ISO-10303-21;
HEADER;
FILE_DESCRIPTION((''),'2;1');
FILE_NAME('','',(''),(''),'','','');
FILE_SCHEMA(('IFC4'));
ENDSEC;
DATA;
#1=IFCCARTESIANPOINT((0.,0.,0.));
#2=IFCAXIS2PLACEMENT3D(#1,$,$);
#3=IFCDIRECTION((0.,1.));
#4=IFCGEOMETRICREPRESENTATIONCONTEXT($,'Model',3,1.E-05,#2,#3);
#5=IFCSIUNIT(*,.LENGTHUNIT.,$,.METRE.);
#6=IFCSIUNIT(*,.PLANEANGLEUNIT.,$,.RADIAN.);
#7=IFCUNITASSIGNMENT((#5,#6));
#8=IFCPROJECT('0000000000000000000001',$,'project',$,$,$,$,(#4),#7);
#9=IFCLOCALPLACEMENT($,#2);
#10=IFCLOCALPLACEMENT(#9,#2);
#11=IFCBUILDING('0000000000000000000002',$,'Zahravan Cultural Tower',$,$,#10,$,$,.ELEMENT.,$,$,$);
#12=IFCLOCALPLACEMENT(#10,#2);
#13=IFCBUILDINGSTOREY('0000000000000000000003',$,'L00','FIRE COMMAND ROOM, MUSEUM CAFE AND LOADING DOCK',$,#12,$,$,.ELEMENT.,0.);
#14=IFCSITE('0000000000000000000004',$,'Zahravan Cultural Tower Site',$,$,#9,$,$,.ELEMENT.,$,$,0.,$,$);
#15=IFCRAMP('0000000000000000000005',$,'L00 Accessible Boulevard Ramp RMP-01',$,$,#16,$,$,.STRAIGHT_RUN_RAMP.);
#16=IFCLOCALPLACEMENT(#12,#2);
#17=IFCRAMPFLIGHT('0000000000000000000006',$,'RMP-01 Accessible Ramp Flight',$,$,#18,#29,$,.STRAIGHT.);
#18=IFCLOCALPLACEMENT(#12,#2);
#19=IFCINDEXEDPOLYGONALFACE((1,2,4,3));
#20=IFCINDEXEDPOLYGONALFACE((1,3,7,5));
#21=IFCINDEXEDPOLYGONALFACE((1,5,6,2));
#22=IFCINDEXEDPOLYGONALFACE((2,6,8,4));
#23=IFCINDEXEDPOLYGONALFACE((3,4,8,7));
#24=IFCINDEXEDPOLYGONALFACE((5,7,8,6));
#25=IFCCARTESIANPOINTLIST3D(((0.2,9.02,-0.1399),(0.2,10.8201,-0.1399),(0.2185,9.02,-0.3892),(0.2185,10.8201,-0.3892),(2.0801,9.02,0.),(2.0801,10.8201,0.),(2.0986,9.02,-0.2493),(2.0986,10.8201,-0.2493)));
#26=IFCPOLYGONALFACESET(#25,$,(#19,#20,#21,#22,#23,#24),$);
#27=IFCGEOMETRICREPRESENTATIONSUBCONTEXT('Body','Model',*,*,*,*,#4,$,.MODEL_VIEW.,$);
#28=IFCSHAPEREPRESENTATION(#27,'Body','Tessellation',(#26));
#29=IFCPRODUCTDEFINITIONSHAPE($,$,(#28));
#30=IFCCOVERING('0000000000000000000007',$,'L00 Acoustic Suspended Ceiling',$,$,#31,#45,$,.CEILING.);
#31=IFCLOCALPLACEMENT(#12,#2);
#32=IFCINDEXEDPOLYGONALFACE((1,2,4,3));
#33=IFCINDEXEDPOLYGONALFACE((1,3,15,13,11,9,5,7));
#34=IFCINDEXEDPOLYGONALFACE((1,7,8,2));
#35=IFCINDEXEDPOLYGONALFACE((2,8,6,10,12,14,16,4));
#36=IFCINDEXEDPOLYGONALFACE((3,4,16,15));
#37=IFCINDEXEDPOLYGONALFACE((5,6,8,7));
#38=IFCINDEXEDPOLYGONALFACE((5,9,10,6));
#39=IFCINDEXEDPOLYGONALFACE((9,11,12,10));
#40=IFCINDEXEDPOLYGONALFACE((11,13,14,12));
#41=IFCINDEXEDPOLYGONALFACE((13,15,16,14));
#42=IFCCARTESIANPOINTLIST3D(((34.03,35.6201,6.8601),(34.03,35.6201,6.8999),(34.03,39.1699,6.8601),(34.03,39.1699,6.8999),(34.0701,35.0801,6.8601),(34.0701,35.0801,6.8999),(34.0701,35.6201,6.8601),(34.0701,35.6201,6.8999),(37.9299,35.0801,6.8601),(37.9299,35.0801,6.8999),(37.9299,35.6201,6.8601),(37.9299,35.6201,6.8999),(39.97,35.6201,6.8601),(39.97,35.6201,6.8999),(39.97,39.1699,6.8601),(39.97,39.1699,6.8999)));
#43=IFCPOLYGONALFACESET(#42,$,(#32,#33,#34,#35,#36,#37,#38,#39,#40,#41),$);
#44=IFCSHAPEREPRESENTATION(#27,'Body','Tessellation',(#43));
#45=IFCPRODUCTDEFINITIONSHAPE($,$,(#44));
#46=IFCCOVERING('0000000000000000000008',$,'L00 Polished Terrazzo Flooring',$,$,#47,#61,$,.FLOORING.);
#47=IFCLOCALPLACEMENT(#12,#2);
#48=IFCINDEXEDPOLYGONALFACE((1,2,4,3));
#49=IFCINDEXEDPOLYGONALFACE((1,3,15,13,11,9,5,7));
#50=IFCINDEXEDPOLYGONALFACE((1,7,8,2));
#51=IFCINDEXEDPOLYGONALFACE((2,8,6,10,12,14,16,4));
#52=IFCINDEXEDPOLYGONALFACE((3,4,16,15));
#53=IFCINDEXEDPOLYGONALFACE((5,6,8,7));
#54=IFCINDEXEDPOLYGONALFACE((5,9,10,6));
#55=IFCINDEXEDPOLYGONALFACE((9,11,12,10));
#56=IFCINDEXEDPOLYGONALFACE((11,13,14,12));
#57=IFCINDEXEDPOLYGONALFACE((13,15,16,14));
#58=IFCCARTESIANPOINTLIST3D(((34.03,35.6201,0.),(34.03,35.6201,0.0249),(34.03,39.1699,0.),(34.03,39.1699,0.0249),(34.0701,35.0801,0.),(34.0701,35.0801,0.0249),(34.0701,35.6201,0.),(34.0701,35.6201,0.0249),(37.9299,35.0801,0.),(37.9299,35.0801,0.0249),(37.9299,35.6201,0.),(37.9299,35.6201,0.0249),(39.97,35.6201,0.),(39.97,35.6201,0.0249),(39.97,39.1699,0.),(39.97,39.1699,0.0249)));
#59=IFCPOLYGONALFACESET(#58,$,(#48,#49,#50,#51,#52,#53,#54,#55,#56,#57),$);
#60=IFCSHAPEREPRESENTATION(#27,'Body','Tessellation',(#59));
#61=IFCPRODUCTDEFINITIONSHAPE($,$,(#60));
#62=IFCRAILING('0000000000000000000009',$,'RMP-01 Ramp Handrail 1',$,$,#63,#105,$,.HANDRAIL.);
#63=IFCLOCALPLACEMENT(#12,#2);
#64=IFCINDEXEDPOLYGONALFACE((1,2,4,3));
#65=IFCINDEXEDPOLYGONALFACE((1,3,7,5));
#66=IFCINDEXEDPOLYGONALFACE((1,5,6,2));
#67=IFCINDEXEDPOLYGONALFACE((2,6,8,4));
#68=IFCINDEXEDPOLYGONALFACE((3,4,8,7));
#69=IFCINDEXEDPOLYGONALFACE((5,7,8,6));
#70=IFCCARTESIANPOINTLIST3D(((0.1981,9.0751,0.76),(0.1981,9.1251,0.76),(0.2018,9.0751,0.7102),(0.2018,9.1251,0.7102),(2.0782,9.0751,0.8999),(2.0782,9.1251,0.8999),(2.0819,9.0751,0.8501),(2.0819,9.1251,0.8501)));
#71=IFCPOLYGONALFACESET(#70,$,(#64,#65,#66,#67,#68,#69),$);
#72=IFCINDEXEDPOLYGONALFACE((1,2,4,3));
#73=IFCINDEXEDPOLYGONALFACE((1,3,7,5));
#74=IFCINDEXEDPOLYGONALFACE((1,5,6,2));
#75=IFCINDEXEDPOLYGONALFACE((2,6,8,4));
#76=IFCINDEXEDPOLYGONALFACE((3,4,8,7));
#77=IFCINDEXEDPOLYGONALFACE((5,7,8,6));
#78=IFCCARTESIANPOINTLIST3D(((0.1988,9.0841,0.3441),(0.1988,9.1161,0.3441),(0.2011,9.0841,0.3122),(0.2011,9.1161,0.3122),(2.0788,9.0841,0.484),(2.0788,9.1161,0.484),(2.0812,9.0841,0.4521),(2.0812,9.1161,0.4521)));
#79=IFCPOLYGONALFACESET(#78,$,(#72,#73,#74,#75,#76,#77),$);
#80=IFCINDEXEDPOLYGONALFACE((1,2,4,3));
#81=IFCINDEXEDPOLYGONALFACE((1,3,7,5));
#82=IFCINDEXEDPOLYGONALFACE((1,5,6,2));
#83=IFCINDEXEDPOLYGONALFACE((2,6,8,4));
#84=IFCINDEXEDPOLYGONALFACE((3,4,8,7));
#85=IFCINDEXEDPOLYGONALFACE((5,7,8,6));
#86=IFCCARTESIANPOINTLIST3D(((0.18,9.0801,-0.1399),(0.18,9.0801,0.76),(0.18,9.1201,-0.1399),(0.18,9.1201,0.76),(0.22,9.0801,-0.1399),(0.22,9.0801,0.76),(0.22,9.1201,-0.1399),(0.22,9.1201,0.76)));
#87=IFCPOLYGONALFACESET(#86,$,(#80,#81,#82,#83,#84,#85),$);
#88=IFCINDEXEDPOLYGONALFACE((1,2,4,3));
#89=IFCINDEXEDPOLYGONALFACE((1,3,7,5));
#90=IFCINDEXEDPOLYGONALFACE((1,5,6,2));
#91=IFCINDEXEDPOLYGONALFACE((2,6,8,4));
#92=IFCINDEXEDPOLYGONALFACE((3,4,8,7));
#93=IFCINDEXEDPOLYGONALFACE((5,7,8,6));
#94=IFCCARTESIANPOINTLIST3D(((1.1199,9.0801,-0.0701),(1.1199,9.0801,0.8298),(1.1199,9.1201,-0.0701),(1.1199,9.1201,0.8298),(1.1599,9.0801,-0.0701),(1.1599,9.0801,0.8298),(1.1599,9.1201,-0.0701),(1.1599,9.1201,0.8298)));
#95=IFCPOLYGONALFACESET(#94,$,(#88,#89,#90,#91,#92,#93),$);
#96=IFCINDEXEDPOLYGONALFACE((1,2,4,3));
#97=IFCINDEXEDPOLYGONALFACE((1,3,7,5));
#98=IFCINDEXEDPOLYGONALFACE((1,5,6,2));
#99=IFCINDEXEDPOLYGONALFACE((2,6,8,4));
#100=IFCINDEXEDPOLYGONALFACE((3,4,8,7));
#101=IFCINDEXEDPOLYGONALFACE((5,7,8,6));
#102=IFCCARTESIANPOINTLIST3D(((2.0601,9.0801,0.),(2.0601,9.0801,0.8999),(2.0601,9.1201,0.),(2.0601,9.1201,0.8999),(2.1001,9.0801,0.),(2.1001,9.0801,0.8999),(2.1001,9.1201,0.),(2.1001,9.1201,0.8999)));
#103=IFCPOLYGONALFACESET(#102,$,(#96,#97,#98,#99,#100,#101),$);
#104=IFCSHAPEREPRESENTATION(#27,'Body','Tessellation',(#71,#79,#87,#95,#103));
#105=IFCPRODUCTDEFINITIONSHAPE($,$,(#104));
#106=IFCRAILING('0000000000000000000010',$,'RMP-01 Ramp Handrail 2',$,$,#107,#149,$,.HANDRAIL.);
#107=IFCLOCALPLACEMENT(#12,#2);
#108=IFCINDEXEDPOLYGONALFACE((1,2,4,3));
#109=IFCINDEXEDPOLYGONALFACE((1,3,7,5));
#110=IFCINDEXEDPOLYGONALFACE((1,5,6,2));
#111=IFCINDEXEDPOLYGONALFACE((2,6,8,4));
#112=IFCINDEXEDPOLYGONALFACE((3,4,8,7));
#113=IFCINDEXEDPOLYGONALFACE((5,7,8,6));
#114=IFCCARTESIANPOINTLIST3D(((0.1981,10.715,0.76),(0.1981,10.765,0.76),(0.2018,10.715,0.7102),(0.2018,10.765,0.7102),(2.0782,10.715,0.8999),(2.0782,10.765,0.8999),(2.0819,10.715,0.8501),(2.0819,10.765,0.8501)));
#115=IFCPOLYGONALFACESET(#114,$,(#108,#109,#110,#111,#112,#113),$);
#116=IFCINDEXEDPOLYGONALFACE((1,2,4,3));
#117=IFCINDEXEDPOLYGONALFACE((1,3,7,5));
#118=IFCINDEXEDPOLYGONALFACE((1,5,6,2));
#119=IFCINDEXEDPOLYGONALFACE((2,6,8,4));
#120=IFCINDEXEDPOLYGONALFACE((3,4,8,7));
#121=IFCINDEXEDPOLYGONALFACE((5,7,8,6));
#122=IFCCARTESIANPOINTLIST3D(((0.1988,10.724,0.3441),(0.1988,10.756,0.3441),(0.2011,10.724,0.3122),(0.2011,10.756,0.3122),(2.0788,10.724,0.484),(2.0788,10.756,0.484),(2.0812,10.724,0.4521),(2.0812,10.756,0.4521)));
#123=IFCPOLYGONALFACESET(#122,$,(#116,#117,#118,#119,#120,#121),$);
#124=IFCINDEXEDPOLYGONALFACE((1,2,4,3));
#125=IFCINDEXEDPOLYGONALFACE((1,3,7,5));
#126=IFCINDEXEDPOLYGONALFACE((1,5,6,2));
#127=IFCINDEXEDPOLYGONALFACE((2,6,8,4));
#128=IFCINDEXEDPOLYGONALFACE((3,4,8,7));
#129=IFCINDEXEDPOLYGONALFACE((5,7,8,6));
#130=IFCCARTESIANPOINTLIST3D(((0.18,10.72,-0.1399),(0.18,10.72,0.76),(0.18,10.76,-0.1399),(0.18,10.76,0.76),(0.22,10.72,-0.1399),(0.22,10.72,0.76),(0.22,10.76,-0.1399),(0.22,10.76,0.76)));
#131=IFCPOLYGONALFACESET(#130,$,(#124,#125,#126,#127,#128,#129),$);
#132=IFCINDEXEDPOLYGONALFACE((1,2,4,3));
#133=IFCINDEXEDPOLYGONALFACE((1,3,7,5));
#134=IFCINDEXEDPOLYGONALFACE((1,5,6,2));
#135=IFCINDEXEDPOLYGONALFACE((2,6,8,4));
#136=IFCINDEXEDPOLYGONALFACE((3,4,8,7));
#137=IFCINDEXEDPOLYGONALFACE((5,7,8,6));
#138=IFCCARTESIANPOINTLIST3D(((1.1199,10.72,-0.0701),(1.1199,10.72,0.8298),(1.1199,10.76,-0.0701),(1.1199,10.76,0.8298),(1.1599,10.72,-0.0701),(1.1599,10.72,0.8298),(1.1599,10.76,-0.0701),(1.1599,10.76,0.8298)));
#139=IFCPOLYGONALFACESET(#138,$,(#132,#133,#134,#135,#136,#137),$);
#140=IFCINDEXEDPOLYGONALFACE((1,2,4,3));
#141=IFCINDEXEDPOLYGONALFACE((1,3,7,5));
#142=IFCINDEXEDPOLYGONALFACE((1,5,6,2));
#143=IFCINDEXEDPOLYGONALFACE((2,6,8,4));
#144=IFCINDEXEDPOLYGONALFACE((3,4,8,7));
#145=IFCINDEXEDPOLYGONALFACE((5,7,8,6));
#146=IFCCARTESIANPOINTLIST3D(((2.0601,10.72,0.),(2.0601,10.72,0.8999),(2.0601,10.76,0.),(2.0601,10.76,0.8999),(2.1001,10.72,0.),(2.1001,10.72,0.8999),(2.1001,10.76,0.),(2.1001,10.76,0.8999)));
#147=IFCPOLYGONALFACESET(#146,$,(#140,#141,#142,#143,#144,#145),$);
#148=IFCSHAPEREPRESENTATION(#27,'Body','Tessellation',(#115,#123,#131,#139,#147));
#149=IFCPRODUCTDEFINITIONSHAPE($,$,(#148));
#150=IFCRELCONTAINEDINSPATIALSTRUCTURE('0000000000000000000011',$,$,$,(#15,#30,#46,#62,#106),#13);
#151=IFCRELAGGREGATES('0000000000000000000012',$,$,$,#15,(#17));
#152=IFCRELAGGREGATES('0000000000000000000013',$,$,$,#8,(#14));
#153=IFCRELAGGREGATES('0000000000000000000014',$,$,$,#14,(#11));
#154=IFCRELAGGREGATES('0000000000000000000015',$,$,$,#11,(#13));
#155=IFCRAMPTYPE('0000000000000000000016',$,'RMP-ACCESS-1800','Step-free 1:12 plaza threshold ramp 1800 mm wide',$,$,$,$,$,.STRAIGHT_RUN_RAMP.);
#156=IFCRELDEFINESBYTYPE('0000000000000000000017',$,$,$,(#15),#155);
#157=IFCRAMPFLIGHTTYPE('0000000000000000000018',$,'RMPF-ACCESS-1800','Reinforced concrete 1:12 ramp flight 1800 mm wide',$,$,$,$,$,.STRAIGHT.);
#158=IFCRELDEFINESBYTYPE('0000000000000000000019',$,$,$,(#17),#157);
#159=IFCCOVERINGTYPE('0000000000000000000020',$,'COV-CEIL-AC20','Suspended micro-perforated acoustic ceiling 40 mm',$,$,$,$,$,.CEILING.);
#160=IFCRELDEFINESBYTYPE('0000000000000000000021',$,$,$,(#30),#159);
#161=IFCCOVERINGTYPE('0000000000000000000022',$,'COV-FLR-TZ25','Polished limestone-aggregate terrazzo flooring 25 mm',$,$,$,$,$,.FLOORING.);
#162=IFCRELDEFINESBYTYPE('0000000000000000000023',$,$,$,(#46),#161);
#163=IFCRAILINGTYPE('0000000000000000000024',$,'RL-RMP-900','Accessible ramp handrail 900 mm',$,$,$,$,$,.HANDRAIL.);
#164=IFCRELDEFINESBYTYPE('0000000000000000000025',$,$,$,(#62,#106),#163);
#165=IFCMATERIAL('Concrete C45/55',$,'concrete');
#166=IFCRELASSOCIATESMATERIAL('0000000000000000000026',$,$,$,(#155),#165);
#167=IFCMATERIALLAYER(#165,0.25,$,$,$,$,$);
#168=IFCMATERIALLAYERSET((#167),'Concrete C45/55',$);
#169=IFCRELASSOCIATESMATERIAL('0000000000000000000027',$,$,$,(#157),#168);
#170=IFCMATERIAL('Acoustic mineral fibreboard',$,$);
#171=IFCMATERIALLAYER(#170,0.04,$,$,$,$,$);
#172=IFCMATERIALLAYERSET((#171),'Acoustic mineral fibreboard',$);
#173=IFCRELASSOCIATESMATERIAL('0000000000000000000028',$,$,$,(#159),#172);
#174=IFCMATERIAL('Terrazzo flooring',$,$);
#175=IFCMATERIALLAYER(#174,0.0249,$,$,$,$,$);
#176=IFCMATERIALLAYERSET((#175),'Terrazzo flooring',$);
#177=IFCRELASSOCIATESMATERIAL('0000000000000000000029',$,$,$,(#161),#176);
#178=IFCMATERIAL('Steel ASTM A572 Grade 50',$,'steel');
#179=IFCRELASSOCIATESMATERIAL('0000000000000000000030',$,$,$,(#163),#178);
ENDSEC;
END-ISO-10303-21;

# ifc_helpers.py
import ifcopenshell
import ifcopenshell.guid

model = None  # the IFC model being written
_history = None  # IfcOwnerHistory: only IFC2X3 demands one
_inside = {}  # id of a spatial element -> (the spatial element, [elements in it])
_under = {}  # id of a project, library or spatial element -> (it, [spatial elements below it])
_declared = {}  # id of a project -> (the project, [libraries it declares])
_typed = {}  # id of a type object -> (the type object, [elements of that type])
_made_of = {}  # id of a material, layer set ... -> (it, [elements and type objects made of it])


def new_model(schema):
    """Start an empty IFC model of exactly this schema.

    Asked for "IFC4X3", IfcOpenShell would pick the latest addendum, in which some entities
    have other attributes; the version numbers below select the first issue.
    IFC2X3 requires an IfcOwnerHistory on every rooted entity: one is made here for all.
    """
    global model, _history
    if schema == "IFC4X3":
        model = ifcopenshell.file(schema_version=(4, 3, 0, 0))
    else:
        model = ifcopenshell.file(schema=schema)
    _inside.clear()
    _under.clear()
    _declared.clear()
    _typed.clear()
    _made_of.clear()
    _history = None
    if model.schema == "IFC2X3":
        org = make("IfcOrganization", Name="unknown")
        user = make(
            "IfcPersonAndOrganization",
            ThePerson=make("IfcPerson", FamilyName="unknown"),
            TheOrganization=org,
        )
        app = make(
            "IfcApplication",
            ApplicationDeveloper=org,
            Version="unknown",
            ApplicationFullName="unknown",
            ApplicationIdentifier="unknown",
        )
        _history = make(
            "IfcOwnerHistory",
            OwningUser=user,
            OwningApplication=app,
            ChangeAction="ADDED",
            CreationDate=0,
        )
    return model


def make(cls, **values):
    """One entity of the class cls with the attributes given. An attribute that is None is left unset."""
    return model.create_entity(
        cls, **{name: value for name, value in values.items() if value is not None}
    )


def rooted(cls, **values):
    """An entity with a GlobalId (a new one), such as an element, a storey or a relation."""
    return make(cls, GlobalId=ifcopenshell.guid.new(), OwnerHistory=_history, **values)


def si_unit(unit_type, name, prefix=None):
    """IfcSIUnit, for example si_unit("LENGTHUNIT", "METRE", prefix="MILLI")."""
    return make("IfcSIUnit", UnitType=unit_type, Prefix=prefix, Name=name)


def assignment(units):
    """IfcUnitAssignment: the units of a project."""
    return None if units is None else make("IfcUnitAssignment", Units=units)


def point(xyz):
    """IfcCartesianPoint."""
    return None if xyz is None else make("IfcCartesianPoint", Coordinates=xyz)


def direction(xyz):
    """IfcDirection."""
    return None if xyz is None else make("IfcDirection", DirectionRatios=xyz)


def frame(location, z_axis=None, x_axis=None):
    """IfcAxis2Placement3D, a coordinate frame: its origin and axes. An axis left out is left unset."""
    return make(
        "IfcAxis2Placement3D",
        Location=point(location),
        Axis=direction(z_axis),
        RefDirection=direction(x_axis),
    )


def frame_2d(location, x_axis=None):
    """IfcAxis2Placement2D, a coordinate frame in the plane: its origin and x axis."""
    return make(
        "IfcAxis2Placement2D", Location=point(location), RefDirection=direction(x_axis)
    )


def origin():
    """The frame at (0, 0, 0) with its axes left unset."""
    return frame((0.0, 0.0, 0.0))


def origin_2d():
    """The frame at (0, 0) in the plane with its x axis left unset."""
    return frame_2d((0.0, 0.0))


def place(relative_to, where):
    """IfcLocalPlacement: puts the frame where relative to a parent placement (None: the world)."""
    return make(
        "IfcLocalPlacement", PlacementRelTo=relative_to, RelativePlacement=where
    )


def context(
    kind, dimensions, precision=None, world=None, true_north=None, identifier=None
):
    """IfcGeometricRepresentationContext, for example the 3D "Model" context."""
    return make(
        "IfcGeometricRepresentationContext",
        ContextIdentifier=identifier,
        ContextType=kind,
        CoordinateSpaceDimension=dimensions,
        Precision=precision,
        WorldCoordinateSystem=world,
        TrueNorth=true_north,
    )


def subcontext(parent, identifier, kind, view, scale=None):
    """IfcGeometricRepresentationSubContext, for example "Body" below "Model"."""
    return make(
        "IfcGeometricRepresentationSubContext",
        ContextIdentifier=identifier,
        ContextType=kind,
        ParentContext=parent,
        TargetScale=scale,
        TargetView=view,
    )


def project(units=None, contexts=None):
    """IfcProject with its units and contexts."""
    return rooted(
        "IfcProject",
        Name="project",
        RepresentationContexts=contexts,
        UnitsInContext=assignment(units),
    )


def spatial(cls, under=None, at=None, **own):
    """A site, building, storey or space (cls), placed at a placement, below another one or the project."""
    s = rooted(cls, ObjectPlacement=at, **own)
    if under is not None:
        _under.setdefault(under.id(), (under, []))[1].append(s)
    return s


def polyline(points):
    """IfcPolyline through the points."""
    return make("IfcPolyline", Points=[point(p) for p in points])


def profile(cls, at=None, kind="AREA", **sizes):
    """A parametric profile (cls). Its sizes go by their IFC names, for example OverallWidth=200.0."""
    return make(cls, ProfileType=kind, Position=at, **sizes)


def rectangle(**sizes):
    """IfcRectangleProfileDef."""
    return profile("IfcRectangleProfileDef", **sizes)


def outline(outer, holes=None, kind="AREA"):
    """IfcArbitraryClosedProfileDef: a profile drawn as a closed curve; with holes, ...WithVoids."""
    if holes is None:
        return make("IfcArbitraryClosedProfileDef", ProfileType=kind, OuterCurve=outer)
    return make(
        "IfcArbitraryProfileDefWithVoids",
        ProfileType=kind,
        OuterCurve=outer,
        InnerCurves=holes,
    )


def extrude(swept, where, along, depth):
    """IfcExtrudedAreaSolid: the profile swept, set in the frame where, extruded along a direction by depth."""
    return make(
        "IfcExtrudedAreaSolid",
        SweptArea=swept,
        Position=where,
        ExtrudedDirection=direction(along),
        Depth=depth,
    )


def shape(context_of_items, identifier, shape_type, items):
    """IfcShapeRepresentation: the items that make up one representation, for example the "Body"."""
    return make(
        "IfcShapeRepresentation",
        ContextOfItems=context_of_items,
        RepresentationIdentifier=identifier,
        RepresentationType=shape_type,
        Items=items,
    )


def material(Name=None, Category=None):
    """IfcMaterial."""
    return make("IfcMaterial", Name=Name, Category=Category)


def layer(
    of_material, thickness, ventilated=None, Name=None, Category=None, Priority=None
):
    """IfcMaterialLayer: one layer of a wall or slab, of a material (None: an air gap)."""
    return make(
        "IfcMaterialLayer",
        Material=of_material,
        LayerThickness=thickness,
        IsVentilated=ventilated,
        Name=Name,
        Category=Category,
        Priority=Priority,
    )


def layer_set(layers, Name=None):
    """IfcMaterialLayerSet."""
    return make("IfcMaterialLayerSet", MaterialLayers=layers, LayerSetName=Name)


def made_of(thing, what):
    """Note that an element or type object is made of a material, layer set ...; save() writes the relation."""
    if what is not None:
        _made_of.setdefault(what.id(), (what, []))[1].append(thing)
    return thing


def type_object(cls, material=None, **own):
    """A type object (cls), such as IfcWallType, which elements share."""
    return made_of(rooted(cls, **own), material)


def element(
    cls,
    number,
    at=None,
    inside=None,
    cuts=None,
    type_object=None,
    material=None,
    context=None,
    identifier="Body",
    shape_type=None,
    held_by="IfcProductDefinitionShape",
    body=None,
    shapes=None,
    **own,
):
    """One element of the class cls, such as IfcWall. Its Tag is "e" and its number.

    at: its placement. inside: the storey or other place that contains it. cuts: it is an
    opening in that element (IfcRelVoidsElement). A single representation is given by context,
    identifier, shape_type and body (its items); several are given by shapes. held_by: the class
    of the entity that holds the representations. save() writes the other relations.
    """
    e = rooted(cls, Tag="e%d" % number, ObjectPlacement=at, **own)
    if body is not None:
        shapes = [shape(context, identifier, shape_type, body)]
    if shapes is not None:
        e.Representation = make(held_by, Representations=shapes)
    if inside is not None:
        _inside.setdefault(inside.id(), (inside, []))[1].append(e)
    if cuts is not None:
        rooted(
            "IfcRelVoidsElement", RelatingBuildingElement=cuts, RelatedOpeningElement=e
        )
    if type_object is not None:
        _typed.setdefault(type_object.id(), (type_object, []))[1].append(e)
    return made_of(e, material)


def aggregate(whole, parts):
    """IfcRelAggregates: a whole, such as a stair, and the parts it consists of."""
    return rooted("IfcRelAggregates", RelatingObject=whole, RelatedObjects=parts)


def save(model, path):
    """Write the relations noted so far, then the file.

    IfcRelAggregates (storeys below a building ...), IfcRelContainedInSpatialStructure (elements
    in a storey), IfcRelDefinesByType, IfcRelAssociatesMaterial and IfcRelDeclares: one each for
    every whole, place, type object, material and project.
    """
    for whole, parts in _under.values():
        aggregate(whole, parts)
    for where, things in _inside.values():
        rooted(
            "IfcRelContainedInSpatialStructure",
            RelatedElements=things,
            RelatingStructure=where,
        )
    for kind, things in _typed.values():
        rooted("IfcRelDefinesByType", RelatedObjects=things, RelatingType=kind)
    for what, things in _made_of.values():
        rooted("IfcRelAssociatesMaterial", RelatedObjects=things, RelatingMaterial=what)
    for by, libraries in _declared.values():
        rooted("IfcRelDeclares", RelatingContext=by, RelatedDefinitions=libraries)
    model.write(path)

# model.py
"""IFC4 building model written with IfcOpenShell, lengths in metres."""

from ifc_helpers import new_model, si_unit, direction, frame, origin, origin_2d, place, context, subcontext, project, spatial, polyline, rectangle, outline, extrude, material, layer, layer_set, type_object, element, aggregate, save


model = new_model("IFC4")

# Units and contexts
model_context = context("Model", 3, precision=1e-05, world=origin(), true_north=direction((0.0, 1.0)))
body_context = subcontext(model_context, "Body", "Model", "MODEL_VIEW")
ifc_project = project(units=[si_unit("LENGTHUNIT", "METRE"), si_unit("PLANEANGLEUNIT", "RADIAN")], contexts=[model_context])

# Site, building, storey
site_placement = place(None, origin())
site = spatial("IfcSite", under=ifc_project, at=site_placement, Name="Zahravan Cultural Tower Site", CompositionType="ELEMENT", RefElevation=0.0)
building_placement = place(site_placement, origin())
building = spatial("IfcBuilding", under=site, at=building_placement, Name="Zahravan Cultural Tower", CompositionType="ELEMENT")
storey_placement = place(building_placement, origin())
storey = spatial("IfcBuildingStorey", under=building, at=storey_placement, Name="L00", Description="FIRE COMMAND ROOM, MUSEUM CAFE AND LOADING DOCK", CompositionType="ELEMENT", Elevation=0.0)

# Shared definitions
ifc_material_1 = material(Name="Steel ASTM A572 Grade 50", Category="steel")

# Shared definitions
ifc_material_2 = material(Name="Concrete C45/55", Category="concrete")

# Ramp
ramp_type = type_object("IfcRampType", Name="RMP-ACCESS-1800", Description="Step-free 1:12 plaza threshold ramp 1800 mm wide", PredefinedType="STRAIGHT_RUN_RAMP", material=ifc_material_2)
ramp_1_placement = place(storey_placement, origin())
ramp_1 = element("IfcRamp", 1, at=ramp_1_placement, inside=storey, type_object=ramp_type, Name="L00 Accessible Boulevard Ramp RMP-01", PredefinedType="STRAIGHT_RUN_RAMP")

# Ramp flight
ifc_layer_1 = layer(ifc_material_2, 0.25)
ifc_layer_set_1 = layer_set([ifc_layer_1], Name="Concrete C45/55")
ramp_flight_type = type_object("IfcRampFlightType", Name="RMPF-ACCESS-1800", Description="Reinforced concrete 1:12 ramp flight 1800 mm wide", PredefinedType="STRAIGHT", material=ifc_layer_set_1)
ramp_flight_placement = place(storey_placement, frame((0.2, 9.02, -0.1399), z_axis=(-0.074201, 0.0, 0.997243), x_axis=(0.0, 1.0, 0.0)))
ramp_flight = element("IfcRampFlight", 2, at=ramp_flight_placement, type_object=ramp_flight_type, Name="RMP-01 Accessible Ramp Flight", PredefinedType="STRAIGHT", context=body_context, shape_type="SweptSolid", body=[
    extrude(outline(polyline([(0.0, 0.0), (1.8, 0.0), (1.8, -1.8853), (0.0, -1.8853), (0.0, 0.0)])), origin(), (0.0, 0.0, -1.0), 0.25),
])
aggregate(ramp_1, [ramp_flight])

# Coverings
ifc_material_3 = material(Name="Acoustic mineral fibreboard")
ifc_layer_2 = layer(ifc_material_3, 0.04)
ifc_layer_set_2 = layer_set([ifc_layer_2], Name="Acoustic mineral fibreboard")
covering_type_1 = type_object("IfcCoveringType", Name="COV-CEIL-AC20", Description="Suspended micro-perforated acoustic ceiling 40 mm", PredefinedType="CEILING", material=ifc_layer_set_2)
covering_1_placement = place(storey_placement, frame((0.0, 0.0, 6.8601)))
element("IfcCovering", 3, at=covering_1_placement, inside=storey, type_object=covering_type_1, Name="L00 Acoustic Suspended Ceiling", PredefinedType="CEILING", context=body_context, shape_type="SweptSolid", body=[
    extrude(outline(polyline([(34.0701, 35.6201), (34.0701, 35.0801), (37.9299, 35.0801), (37.9299, 35.6201), (39.97, 35.6201), (39.97, 39.1699), (34.03, 39.1699), (34.03, 35.6201), (34.0701, 35.6201)])), origin(), (0.0, 0.0, 1.0), 0.0398),
])
ifc_material_4 = material(Name="Terrazzo flooring")
ifc_layer_3 = layer(ifc_material_4, 0.0249)
ifc_layer_set_3 = layer_set([ifc_layer_3], Name="Terrazzo flooring")
covering_type_2 = type_object("IfcCoveringType", Name="COV-FLR-TZ25", Description="Polished limestone-aggregate terrazzo flooring 25 mm", PredefinedType="FLOORING", material=ifc_layer_set_3)
covering_2_placement = place(storey_placement, origin())
element("IfcCovering", 4, at=covering_2_placement, inside=storey, type_object=covering_type_2, Name="L00 Polished Terrazzo Flooring", PredefinedType="FLOORING", context=body_context, shape_type="SweptSolid", body=[
    extrude(outline(polyline([(34.0701, 35.6201), (34.0701, 35.0801), (37.9299, 35.0801), (37.9299, 35.6201), (39.97, 35.6201), (39.97, 39.1699), (34.03, 39.1699), (34.03, 35.6201), (34.0701, 35.6201)])), origin(), (0.0, 0.0, 1.0), 0.0249),
])

# Railings
railing_type = type_object("IfcRailingType", Name="RL-RMP-900", Description="Accessible ramp handrail 900 mm", PredefinedType="HANDRAIL", material=ifc_material_1)
for number, where, name in (
    (5, (0.2, 9.1001, -0.1399), "RMP-01 Ramp Handrail 1"),
    (6, (0.2, 10.74, -0.1399), "RMP-01 Ramp Handrail 2"),
):
    element("IfcRailing", number, at=place(storey_placement, frame(where)), inside=storey, type_object=railing_type, Name=name, PredefinedType="HANDRAIL", context=body_context, shape_type="SweptSolid", body=[
        extrude(rectangle(XDim=0.05, YDim=0.05, at=origin_2d()), frame((0.0, 0.0, 0.875), z_axis=(0.997243, 0.0, 0.074201), x_axis=(0.0, 1.0, 0.0)), (0.0, 0.0, 1.0), 1.8853),
        extrude(rectangle(XDim=0.032, YDim=0.032, at=origin_2d()), frame((0.0, 0.0, 0.468), z_axis=(0.997243, 0.0, 0.074201), x_axis=(0.0, 1.0, 0.0)), (0.0, 0.0, 1.0), 1.8853),
        extrude(rectangle(XDim=0.04, YDim=0.04, at=origin_2d()), origin(), (0.0, 0.0, 1.0), 0.8999),
        extrude(rectangle(XDim=0.04, YDim=0.04, at=origin_2d()), frame((0.9399, 0.0, 0.0698)), (0.0, 0.0, 1.0), 0.8999),
        extrude(rectangle(XDim=0.04, YDim=0.04, at=origin_2d()), frame((1.8801, 0.0, 0.1399)), (0.0, 0.0, 1.0), 0.8999),
    ])

save(model, "model.ifc")
